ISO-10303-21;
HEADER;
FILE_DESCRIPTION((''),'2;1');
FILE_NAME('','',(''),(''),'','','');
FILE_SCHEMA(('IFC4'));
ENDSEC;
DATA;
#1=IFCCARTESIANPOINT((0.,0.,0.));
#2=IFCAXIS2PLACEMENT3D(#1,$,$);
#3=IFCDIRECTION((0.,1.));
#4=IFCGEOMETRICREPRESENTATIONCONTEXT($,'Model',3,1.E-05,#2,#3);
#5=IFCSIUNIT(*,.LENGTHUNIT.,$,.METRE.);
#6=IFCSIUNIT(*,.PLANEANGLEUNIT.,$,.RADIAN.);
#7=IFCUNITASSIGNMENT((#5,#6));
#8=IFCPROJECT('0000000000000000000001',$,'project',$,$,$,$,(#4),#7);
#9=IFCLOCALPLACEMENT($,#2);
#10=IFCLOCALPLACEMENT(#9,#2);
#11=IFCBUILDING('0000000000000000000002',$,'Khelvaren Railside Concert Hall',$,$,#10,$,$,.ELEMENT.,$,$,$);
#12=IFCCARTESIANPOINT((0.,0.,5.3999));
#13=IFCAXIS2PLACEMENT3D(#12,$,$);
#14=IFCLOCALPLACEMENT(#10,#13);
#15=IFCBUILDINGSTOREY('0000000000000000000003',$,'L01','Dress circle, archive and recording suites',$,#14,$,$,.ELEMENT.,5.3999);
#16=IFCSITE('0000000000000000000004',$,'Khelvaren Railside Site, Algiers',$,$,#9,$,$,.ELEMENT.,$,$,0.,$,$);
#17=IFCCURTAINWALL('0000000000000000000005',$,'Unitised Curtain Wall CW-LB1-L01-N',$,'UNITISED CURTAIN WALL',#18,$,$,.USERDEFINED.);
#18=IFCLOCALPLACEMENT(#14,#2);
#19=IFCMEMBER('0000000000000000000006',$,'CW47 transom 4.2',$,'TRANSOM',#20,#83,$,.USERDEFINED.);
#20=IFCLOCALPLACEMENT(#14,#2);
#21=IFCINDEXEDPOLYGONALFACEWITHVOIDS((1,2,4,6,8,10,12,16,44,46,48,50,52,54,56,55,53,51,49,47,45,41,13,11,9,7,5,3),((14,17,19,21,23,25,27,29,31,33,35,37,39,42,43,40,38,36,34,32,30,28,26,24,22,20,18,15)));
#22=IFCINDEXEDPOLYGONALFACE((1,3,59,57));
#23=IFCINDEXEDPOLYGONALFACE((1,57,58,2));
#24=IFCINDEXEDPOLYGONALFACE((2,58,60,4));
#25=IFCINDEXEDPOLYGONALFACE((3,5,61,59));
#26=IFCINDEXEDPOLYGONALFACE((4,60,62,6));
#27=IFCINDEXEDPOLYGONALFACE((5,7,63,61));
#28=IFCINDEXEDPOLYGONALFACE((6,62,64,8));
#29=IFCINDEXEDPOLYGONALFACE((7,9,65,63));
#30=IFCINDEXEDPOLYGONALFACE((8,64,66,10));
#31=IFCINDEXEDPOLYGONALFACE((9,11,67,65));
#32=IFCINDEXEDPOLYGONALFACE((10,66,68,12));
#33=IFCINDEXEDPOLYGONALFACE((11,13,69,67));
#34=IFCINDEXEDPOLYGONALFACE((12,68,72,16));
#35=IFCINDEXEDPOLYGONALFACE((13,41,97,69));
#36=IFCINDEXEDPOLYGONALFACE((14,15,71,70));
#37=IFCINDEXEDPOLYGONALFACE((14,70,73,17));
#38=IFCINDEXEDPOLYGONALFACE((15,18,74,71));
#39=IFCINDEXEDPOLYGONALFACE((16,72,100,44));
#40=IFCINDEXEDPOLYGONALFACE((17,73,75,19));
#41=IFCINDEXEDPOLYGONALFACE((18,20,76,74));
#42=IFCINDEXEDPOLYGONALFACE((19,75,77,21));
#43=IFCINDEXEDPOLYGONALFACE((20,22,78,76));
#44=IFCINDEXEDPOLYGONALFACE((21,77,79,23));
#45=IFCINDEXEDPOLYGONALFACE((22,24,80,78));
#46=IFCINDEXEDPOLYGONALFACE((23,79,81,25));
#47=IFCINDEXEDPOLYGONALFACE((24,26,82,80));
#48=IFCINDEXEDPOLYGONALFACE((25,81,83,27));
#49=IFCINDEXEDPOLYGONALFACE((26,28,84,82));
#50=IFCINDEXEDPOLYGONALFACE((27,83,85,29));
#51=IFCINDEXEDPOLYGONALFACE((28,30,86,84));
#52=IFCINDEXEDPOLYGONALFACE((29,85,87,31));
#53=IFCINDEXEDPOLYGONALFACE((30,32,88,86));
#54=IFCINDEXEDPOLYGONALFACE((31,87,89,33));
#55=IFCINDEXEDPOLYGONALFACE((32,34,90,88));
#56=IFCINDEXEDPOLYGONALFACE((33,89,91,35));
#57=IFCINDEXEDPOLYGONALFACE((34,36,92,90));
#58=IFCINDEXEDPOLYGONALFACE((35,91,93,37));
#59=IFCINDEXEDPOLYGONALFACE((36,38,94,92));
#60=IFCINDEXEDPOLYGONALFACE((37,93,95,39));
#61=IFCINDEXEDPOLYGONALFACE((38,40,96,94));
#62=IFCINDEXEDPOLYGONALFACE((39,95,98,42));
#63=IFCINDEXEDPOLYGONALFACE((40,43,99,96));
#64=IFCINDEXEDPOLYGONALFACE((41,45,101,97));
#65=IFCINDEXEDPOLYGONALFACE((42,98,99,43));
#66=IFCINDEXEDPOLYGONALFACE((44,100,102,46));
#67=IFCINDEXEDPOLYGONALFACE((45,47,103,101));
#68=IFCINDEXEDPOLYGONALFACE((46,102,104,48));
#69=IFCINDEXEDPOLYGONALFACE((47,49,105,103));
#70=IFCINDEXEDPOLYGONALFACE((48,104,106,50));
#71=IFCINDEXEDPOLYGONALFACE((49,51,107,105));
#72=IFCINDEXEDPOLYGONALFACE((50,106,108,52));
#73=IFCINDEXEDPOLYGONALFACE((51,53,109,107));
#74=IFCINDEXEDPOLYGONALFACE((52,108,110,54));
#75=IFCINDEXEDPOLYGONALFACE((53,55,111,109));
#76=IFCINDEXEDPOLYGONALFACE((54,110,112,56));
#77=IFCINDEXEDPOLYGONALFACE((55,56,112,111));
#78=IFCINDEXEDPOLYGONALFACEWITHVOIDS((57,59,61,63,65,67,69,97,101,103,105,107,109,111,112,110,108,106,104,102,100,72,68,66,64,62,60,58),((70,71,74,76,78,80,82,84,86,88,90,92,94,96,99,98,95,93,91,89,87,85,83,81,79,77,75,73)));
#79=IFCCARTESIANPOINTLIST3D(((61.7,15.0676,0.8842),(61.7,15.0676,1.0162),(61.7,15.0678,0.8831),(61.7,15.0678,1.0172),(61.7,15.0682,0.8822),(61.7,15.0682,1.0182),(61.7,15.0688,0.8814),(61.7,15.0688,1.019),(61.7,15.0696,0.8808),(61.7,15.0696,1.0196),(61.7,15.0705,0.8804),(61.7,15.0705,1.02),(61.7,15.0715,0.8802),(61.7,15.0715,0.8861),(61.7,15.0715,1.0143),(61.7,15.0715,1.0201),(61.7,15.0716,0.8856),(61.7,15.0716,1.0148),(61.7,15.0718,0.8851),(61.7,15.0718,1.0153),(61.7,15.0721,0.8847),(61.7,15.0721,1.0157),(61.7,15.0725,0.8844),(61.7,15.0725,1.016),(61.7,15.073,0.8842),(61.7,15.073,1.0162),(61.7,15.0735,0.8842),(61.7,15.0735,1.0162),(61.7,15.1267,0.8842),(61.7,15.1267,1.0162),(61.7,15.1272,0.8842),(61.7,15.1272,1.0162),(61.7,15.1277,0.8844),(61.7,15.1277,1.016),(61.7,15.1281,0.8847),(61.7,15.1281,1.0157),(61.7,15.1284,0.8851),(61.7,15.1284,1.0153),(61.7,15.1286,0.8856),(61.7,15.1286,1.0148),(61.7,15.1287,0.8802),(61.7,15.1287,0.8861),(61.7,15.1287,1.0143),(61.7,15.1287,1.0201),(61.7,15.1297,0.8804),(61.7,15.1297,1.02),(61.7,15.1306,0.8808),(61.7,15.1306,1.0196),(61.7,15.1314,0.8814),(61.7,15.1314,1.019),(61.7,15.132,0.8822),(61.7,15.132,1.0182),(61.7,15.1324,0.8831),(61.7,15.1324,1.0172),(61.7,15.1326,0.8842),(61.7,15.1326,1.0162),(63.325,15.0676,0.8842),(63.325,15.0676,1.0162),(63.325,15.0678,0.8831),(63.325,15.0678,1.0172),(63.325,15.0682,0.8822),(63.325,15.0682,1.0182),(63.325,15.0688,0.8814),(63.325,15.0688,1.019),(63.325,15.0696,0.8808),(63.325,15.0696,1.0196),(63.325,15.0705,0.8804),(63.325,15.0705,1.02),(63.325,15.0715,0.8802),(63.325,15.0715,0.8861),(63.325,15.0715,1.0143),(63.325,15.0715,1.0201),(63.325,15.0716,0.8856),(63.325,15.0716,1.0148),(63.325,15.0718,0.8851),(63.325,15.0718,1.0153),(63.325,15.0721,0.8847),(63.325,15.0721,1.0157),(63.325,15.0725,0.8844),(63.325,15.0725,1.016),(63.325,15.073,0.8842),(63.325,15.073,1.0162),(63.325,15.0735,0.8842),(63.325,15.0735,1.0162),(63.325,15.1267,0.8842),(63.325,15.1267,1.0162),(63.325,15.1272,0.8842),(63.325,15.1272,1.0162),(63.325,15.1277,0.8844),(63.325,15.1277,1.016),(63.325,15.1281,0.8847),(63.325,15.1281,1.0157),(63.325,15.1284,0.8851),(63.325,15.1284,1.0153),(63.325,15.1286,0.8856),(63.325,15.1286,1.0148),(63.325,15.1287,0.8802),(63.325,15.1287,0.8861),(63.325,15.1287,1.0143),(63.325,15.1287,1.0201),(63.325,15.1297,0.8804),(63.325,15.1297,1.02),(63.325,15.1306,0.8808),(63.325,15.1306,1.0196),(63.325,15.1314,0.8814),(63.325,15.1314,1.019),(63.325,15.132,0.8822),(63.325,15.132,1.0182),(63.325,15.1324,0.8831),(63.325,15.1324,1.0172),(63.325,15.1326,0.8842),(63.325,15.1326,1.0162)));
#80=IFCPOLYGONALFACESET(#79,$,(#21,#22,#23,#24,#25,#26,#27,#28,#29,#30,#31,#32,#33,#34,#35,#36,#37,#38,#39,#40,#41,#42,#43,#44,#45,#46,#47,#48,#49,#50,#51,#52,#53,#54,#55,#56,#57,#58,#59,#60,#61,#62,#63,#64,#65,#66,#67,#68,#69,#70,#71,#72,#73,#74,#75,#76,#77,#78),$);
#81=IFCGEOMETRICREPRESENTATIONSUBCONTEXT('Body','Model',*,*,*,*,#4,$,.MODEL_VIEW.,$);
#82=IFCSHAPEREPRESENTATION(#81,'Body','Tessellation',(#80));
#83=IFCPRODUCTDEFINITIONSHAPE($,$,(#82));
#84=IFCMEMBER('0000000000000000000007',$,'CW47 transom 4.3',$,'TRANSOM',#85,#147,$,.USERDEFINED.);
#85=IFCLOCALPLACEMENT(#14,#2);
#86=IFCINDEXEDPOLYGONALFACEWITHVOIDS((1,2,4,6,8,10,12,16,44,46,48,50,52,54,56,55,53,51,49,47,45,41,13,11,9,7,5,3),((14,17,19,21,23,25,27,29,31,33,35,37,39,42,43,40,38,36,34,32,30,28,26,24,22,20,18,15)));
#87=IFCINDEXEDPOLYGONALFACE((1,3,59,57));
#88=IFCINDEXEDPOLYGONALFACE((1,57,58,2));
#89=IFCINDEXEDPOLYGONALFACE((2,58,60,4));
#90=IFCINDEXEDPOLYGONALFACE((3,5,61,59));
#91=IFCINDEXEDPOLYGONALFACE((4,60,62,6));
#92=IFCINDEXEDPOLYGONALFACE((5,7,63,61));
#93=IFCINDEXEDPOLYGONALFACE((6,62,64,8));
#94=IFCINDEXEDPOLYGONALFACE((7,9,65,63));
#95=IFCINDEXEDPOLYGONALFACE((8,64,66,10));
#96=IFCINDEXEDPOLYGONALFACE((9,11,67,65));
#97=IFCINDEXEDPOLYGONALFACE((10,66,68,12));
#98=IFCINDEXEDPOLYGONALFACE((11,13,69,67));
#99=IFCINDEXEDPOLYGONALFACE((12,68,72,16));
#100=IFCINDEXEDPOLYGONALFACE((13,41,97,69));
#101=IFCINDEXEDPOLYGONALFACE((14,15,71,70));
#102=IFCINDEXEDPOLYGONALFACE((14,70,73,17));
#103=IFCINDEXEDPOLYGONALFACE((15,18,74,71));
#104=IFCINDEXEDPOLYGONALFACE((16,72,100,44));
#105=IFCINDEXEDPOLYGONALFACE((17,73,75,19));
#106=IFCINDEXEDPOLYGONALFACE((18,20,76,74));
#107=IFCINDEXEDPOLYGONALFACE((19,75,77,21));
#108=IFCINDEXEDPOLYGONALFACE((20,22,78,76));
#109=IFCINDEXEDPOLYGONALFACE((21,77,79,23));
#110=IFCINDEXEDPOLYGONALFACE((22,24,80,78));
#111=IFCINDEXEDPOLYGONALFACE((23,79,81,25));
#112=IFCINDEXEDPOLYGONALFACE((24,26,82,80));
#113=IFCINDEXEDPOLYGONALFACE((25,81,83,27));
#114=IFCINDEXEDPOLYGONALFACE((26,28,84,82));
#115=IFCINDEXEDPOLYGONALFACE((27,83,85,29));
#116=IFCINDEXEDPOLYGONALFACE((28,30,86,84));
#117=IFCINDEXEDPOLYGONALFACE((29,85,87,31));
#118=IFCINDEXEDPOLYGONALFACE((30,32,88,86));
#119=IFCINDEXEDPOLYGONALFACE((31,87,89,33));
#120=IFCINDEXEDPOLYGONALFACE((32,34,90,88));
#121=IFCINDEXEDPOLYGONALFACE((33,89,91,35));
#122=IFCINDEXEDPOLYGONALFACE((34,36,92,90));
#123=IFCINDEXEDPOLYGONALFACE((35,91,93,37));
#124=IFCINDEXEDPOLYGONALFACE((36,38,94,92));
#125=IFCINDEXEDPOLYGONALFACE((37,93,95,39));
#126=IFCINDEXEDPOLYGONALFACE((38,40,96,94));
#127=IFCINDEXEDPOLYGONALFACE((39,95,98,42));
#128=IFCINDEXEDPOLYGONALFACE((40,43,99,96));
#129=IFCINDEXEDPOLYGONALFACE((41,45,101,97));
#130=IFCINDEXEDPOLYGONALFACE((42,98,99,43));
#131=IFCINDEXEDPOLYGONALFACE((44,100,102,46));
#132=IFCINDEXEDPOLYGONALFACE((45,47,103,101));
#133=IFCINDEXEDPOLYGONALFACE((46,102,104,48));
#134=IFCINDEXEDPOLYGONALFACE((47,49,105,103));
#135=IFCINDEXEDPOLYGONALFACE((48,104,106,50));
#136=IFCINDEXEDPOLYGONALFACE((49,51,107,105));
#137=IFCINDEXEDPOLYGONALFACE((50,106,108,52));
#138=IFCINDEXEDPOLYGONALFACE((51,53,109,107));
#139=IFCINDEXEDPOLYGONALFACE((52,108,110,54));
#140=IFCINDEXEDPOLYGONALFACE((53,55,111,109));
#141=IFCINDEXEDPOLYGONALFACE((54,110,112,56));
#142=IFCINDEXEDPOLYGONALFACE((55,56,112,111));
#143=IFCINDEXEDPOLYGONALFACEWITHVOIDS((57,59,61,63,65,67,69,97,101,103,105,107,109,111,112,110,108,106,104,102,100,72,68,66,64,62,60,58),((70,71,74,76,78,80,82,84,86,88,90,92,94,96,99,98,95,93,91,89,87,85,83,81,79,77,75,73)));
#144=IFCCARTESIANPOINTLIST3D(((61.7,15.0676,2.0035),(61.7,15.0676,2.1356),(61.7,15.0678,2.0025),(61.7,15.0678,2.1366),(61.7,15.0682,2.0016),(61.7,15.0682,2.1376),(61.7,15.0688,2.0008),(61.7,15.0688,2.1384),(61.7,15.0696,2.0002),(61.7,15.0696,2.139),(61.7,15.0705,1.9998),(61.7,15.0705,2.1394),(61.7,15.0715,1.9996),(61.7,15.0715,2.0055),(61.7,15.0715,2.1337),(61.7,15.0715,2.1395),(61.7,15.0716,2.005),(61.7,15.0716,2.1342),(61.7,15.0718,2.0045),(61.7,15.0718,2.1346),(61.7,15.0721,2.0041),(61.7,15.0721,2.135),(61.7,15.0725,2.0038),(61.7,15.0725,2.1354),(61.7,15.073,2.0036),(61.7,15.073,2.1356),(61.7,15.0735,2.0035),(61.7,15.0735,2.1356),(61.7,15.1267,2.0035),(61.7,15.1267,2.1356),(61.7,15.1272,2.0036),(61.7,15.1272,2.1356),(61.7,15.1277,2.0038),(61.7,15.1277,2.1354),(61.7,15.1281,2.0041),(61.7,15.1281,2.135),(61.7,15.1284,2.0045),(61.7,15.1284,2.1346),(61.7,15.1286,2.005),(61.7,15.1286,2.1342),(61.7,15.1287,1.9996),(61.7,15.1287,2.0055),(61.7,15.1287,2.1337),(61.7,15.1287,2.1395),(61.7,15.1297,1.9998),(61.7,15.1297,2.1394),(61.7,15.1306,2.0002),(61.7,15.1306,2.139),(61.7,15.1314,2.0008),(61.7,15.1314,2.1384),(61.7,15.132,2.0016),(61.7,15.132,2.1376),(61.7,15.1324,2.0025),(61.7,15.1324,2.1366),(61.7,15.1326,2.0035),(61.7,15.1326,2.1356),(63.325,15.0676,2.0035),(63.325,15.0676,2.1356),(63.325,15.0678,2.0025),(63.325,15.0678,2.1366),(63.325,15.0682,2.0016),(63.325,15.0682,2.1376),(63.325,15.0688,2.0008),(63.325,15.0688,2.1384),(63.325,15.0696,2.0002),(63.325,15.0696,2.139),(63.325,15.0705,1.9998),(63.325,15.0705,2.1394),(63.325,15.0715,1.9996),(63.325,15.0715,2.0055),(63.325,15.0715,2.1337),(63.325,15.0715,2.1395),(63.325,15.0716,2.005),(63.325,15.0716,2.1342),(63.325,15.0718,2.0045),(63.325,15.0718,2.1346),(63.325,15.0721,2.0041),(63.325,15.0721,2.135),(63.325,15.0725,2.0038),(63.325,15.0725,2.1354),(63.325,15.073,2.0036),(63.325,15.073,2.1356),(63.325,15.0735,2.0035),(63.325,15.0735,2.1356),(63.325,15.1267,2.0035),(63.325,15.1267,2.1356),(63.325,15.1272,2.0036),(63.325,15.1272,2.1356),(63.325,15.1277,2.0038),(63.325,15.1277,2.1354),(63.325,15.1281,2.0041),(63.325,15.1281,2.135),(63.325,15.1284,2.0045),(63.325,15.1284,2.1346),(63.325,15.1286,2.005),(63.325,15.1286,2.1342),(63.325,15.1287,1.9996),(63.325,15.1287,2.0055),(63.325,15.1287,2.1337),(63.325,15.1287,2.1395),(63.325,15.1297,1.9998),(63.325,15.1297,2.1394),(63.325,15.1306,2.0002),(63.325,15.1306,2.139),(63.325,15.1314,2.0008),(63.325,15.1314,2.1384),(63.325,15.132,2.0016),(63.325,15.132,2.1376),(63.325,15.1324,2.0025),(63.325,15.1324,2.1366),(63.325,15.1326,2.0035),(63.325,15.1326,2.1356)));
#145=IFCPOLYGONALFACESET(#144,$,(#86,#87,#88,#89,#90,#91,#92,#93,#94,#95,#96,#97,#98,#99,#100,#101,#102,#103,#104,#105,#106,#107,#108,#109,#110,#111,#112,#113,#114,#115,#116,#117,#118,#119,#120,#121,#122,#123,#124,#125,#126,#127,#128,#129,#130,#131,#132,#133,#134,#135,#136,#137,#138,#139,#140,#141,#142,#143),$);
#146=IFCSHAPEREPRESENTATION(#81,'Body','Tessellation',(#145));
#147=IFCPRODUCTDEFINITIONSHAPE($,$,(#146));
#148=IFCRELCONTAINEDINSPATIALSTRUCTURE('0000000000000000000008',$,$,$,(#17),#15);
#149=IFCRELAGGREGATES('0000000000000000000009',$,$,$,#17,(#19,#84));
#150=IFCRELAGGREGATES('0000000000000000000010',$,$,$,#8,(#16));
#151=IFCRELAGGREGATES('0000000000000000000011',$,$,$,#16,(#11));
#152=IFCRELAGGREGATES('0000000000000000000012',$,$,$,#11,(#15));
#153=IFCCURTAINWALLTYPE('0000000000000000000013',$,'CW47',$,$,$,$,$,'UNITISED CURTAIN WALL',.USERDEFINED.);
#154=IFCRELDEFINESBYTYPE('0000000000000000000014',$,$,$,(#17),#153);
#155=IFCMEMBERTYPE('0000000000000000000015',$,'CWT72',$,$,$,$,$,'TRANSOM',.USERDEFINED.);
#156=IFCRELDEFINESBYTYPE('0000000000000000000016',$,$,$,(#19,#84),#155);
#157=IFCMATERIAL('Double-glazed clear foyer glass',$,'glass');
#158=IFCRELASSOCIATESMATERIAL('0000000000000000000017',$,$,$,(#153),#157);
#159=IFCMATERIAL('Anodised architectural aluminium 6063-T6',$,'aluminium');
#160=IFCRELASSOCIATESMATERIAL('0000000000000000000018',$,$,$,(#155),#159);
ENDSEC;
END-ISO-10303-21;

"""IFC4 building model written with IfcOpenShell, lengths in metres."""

from ifc_helpers import new_model, si_unit, direction, frame, origin, origin_2d, place, context, subcontext, project, spatial, hollow_rectangle, extrude, material, material_profile, profile_set, type_object, element, aggregate, save


model = new_model("IFC4")

# Units and contexts
model_context = context("Model", 3, precision=1e-05, world=origin(), true_north=direction((0.0, 1.0)))
body_context = subcontext(model_context, "Body", "Model", "MODEL_VIEW")
ifc_project = project(units=[si_unit("LENGTHUNIT", "METRE"), si_unit("PLANEANGLEUNIT", "RADIAN")], contexts=[model_context])

# Site, building, storey
site_placement = place(None, origin())
site = spatial("IfcSite", under=ifc_project, at=site_placement, Name="Khelvaren Railside Site, Algiers", CompositionType="ELEMENT", RefElevation=0.0)
building_placement = place(site_placement, origin())
building = spatial("IfcBuilding", under=site, at=building_placement, Name="Khelvaren Railside Concert Hall", CompositionType="ELEMENT")
storey_placement = place(building_placement, frame((0.0, 0.0, 5.3999)))
storey = spatial("IfcBuildingStorey", under=building, at=storey_placement, Name="L01", Description="Dress circle, archive and recording suites", CompositionType="ELEMENT", Elevation=5.3999)

# Curtain wall, members
ifc_material_1 = material(Name="Double-glazed clear foyer glass", Category="glass")
curtain_wall_type = type_object("IfcCurtainWallType", Name="CW47", ElementType="UNITISED CURTAIN WALL", PredefinedType="USERDEFINED", material=ifc_material_1)
curtain_wall_placement = place(storey_placement, origin())
curtain_wall = element("IfcCurtainWall", 1, at=curtain_wall_placement, inside=storey, type_object=curtain_wall_type, Name="Unitised Curtain Wall CW-LB1-L01-N", ObjectType="UNITISED CURTAIN WALL", PredefinedType="USERDEFINED")
ifc_material_2 = material(Name="Anodised architectural aluminium 6063-T6", Category="aluminium")
ifc_material_profile_1 = material_profile(ifc_material_2, hollow_rectangle(XDim=0.0649, YDim=0.1399, WallThickness=0.0039, InnerFilletRadius=0.002, OuterFilletRadius=0.0039, at=origin_2d()), Name="CWT 65x140x4")
ifc_profile_set_1 = profile_set([ifc_material_profile_1], Name="Anodised architectural aluminium 6063-T6")
member_type_1 = type_object("IfcMemberType", Name="CWT72", ElementType="TRANSOM", PredefinedType="USERDEFINED", material=ifc_profile_set_1)
member_1_placement = place(storey_placement, frame((61.7, 15.1001, 0.9502), z_axis=(1.0, 0.0, 0.0), x_axis=(0.0, 1.0, 0.0)))
member_1 = element("IfcMember", 2, at=member_1_placement, type_object=member_type_1, Name="CW47 transom 4.2", ObjectType="TRANSOM", PredefinedType="USERDEFINED", context=body_context, shape_type="SweptSolid", body=[
    extrude(hollow_rectangle(XDim=0.0649, YDim=0.1399, WallThickness=0.0039, InnerFilletRadius=0.002, OuterFilletRadius=0.0039, at=origin_2d()), origin(), (0.0, 0.0, 1.0), 1.625),
])
member_2_placement = place(storey_placement, frame((61.7, 15.1001, 2.0696), z_axis=(1.0, 0.0, 0.0), x_axis=(0.0, 1.0, 0.0)))
member_2 = element("IfcMember", 3, at=member_2_placement, type_object=member_type_1, Name="CW47 transom 4.3", ObjectType="TRANSOM", PredefinedType="USERDEFINED", context=body_context, shape_type="SweptSolid", body=[
    extrude(hollow_rectangle(XDim=0.0649, YDim=0.1399, WallThickness=0.0039, InnerFilletRadius=0.002, OuterFilletRadius=0.0039, at=origin_2d()), origin(), (0.0, 0.0, 1.0), 1.625),
])

aggregate(curtain_wall, [member_1, member_2])

save(model, "model.ifc")
